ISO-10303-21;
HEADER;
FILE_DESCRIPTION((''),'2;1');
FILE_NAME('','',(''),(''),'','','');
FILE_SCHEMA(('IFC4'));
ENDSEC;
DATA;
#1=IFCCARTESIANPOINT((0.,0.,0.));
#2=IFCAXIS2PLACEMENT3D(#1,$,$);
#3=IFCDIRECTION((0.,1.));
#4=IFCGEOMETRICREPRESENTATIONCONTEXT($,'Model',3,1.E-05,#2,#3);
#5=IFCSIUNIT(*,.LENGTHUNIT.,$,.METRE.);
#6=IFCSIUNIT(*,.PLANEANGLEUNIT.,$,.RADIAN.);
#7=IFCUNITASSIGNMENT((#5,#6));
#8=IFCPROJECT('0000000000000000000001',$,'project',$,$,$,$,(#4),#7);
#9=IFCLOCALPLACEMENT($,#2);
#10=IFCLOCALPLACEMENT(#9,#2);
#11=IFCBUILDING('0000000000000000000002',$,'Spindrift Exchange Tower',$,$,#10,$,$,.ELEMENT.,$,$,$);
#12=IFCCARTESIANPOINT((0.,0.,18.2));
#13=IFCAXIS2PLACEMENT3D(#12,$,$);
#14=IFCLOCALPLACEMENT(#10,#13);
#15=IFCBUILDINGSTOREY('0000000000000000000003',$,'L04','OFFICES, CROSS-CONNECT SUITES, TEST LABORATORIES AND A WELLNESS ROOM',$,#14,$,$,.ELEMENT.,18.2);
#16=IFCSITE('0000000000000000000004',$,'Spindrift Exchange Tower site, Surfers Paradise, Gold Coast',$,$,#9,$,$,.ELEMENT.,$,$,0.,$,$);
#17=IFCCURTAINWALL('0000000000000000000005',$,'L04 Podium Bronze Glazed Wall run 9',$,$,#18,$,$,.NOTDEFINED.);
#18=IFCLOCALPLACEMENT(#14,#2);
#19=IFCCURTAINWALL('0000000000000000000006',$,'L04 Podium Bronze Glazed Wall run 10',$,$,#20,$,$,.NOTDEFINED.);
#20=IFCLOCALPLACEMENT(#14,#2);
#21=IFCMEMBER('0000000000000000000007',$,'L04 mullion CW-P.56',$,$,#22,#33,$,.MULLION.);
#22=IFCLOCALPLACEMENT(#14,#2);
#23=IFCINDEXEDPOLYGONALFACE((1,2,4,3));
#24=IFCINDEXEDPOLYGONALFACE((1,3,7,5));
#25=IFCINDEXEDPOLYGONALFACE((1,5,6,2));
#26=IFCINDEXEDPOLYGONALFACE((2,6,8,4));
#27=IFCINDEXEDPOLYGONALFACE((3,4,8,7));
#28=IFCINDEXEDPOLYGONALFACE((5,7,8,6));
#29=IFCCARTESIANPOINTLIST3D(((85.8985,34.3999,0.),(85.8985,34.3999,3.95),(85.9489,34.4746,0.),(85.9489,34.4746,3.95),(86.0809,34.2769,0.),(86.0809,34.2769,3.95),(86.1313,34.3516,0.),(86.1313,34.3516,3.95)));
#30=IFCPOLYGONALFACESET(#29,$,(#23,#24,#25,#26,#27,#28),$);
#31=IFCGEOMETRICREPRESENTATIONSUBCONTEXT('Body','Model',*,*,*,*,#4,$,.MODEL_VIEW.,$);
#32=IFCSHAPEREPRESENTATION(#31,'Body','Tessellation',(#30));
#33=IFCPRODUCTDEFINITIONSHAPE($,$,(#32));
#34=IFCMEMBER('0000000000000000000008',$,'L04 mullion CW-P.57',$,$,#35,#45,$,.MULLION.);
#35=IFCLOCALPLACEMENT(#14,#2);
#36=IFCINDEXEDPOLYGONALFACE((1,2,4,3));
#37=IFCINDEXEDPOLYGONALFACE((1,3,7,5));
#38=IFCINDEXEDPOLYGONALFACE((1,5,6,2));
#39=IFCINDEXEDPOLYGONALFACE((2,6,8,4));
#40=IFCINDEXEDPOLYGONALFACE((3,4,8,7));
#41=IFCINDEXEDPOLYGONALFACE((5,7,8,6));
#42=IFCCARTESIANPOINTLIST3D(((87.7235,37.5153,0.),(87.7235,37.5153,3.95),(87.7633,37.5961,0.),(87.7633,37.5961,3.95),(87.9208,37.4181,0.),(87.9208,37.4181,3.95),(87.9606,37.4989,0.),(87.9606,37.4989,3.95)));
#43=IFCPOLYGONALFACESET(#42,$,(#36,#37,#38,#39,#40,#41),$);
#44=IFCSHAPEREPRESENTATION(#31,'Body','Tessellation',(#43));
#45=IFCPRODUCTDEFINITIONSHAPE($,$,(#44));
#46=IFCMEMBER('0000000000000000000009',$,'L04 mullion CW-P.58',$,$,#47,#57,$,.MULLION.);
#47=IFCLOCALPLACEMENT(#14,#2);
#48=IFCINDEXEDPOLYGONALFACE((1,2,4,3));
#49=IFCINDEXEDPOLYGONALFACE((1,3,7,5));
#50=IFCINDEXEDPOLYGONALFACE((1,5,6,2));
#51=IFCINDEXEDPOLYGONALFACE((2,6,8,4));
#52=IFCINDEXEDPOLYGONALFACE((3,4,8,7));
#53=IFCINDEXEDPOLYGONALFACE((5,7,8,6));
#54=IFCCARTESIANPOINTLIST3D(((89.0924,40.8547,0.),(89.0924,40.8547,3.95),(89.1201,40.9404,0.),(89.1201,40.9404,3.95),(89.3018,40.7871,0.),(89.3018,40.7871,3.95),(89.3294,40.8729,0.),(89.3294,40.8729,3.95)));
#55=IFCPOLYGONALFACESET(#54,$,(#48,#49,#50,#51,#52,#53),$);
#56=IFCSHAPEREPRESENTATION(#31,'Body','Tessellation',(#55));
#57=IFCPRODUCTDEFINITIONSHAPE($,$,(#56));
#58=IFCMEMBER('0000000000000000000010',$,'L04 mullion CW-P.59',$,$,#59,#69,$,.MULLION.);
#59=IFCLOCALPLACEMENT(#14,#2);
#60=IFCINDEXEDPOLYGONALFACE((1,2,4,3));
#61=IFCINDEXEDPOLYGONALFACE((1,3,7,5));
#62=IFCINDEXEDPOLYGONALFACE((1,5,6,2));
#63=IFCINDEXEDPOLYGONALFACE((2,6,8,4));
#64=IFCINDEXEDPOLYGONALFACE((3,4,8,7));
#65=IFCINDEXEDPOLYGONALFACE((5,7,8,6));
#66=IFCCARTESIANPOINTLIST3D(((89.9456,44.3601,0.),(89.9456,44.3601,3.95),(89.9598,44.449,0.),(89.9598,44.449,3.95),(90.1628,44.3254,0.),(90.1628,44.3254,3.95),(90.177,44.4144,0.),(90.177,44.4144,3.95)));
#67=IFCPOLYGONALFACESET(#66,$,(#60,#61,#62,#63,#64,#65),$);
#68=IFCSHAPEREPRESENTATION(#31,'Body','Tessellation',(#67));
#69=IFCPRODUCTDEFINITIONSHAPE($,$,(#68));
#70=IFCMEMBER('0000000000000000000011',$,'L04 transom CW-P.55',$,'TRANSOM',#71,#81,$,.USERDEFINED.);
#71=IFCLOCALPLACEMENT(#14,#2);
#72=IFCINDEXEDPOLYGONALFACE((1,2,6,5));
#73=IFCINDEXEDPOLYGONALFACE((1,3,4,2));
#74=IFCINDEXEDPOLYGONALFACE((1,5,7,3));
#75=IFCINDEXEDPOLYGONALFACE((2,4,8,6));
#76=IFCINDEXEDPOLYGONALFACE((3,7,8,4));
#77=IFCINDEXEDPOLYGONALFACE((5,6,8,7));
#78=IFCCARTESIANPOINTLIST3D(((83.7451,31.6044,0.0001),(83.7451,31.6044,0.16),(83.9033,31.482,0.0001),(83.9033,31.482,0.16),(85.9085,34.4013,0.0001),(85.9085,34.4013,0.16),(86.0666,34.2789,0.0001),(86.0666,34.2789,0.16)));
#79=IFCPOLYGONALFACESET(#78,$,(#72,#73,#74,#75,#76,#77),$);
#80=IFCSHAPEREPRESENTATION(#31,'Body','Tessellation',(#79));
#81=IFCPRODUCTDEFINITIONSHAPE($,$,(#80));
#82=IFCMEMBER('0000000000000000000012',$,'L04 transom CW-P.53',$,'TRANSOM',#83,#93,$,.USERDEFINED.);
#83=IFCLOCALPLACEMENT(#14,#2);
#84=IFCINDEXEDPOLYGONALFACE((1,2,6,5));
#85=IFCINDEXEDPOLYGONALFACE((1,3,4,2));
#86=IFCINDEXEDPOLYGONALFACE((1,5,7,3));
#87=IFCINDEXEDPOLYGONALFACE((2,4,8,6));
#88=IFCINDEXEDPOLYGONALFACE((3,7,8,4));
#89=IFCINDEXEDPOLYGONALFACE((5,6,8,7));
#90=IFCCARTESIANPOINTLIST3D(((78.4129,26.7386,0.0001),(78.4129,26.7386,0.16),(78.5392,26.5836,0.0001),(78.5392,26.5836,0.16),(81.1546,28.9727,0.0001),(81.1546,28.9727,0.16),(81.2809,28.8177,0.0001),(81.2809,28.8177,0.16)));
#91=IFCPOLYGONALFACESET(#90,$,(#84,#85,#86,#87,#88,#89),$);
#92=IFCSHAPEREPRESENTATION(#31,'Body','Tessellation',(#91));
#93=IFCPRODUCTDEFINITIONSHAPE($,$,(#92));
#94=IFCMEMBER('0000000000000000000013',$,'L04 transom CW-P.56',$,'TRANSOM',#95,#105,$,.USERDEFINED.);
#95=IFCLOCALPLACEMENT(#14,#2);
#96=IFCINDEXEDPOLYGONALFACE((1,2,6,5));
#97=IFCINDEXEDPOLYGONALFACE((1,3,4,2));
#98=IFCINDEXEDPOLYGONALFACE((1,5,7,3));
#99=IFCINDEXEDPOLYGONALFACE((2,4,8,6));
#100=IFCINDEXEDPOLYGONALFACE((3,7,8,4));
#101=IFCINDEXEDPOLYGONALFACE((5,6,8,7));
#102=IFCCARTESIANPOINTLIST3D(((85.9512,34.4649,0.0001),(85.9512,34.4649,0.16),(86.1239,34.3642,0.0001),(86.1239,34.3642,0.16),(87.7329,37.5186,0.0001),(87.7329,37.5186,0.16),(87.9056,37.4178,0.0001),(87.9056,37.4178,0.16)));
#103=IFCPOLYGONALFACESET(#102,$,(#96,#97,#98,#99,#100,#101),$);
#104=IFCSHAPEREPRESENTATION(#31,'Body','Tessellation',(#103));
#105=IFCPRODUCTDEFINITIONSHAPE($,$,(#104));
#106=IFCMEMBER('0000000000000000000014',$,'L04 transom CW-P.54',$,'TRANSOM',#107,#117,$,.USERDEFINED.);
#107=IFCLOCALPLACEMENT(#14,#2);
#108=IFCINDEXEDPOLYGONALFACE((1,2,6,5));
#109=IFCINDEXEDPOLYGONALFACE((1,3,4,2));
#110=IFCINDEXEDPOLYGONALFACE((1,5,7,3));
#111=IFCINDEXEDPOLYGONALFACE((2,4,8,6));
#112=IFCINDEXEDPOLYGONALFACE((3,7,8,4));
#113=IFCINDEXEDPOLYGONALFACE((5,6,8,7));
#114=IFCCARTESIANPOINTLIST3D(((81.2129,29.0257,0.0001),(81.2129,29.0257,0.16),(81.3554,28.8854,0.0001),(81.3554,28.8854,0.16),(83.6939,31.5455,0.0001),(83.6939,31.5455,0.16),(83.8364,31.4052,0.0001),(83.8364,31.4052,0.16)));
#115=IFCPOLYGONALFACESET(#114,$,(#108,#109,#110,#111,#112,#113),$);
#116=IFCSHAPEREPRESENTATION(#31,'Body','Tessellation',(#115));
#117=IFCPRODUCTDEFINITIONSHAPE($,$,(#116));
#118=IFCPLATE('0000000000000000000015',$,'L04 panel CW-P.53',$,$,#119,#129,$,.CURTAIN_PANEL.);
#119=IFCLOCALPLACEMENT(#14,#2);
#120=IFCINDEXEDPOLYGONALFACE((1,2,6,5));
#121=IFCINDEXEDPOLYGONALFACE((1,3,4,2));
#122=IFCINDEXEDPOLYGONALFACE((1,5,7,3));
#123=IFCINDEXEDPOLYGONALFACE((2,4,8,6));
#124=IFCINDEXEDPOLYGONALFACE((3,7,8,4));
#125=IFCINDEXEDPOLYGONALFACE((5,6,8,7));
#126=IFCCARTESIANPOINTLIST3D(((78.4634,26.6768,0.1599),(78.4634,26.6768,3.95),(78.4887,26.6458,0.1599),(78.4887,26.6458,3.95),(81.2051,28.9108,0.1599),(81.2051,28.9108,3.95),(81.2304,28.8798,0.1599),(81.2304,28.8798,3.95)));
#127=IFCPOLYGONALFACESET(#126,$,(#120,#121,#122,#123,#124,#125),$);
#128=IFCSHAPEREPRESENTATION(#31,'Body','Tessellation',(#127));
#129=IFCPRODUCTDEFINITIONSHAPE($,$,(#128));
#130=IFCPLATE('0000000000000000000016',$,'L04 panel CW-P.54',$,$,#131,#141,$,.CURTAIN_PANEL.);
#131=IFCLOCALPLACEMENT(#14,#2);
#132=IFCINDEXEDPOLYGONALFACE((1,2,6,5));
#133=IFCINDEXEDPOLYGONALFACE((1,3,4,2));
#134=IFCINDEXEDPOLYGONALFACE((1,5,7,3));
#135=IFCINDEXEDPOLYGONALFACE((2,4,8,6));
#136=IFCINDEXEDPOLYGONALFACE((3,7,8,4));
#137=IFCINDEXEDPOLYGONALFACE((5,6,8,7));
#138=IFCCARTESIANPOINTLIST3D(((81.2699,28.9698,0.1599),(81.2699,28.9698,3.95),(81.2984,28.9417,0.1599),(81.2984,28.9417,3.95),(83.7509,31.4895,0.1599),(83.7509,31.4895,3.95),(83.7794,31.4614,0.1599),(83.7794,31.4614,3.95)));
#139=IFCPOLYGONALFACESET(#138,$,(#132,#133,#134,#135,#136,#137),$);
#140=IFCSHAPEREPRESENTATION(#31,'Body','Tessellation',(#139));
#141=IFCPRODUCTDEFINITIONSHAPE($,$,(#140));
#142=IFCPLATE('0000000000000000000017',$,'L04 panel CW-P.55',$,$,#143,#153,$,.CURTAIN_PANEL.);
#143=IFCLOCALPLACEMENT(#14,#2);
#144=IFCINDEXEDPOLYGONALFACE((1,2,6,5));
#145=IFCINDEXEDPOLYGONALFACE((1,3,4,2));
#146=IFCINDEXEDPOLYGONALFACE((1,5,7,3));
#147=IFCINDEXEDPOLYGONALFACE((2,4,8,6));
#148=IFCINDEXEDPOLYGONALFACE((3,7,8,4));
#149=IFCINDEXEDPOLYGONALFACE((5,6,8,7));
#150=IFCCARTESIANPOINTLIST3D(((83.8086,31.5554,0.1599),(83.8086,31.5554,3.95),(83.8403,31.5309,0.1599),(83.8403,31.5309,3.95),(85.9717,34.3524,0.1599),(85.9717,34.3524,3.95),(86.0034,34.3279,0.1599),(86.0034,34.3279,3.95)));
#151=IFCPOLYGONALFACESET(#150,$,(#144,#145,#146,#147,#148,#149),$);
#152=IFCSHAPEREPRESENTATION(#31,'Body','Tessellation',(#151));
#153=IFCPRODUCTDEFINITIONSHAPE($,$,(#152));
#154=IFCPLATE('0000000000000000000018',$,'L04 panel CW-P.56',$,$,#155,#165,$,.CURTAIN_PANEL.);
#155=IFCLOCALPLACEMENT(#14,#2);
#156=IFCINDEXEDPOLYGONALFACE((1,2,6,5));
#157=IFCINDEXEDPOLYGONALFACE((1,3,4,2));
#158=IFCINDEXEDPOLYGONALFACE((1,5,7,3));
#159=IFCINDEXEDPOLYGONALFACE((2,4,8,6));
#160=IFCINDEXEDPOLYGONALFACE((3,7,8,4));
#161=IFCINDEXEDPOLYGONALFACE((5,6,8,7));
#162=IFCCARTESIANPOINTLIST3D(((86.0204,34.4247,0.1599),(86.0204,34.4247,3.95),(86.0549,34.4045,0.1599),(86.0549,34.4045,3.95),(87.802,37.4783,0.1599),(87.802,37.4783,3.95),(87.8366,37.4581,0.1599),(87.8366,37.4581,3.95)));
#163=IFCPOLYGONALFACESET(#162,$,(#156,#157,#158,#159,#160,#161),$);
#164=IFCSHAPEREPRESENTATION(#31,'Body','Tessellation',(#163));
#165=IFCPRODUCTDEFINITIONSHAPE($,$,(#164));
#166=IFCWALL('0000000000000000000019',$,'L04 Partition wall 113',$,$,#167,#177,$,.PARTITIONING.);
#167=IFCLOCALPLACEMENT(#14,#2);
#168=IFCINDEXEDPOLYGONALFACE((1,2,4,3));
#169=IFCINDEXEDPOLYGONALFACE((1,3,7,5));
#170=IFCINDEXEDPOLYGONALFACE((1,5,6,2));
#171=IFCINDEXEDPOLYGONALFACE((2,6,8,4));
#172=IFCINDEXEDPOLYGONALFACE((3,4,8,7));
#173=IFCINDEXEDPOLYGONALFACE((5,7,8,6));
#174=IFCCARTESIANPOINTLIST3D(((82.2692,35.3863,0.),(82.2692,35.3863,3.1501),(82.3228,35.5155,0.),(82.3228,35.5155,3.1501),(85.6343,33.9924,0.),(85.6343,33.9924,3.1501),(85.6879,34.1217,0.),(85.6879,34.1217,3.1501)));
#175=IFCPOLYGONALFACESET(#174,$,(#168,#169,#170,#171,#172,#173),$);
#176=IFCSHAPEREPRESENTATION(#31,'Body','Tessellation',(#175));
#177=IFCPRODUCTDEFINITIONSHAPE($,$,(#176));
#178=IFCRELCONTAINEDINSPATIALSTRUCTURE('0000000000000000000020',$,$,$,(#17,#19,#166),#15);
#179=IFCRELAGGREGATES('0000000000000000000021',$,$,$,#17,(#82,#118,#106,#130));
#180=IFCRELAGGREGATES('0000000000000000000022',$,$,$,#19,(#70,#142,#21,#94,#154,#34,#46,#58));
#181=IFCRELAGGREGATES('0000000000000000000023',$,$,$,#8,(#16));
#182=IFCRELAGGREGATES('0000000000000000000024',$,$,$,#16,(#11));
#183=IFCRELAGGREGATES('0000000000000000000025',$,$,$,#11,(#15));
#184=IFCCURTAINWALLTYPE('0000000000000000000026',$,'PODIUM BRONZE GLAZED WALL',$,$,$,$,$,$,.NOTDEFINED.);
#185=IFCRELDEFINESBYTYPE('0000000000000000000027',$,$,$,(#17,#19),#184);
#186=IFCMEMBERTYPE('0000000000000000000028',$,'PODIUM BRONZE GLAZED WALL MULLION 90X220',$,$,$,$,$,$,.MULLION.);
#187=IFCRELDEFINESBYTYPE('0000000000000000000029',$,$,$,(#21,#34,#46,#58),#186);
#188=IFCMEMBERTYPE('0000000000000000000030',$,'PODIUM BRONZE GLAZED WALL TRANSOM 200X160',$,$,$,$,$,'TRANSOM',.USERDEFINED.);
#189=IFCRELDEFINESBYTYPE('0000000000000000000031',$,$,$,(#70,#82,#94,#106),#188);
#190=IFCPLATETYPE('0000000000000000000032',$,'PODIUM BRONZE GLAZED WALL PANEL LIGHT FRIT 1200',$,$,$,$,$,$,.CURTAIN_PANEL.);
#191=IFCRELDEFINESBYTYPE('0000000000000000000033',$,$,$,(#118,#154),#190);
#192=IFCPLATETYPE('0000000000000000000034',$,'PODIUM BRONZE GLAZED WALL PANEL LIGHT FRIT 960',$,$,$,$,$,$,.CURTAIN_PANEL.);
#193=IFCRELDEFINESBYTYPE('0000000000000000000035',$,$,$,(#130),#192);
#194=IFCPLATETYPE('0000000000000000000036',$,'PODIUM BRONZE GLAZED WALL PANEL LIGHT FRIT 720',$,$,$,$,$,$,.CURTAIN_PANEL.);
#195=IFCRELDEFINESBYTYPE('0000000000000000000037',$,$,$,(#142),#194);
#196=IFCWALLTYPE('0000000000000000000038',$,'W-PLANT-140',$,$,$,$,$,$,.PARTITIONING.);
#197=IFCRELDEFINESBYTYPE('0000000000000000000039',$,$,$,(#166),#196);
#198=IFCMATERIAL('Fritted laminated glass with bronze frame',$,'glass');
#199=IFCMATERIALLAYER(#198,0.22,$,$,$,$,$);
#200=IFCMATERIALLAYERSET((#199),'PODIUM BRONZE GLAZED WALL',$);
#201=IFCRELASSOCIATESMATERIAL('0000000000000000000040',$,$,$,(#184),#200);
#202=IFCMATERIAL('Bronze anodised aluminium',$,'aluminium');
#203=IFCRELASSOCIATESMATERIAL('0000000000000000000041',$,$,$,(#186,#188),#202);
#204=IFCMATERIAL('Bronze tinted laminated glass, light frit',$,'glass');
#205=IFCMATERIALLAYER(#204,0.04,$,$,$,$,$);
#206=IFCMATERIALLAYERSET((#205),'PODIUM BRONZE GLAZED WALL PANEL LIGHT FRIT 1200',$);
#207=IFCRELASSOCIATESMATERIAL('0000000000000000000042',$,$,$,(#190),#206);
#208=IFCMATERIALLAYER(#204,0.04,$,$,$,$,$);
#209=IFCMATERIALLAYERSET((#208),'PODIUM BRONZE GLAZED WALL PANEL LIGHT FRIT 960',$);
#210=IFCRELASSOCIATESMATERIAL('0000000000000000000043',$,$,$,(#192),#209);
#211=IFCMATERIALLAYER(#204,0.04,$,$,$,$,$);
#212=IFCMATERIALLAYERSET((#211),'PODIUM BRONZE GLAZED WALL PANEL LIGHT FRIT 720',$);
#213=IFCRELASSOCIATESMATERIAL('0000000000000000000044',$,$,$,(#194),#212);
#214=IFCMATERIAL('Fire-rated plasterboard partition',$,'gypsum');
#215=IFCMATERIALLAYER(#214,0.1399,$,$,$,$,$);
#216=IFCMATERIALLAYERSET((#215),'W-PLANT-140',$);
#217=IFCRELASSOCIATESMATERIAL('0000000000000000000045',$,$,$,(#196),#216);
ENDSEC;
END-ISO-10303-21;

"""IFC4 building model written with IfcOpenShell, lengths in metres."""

from ifc_helpers import new_model, si_unit, direction, frame, frame_2d, origin, origin_2d, place, context, subcontext, project, spatial, rectangle, extrude, source, transform, mapped, material, layer, layer_set, material_profile, profile_set, type_object, element, aggregate, save


model = new_model("IFC4")

# Units and contexts
model_context = context("Model", 3, precision=1e-05, world=origin(), true_north=direction((0.0, 1.0)))
body_context = subcontext(model_context, "Body", "Model", "MODEL_VIEW")
ifc_project = project(units=[si_unit("LENGTHUNIT", "METRE"), si_unit("PLANEANGLEUNIT", "RADIAN")], contexts=[model_context])

# Site, building, storey
site_placement = place(None, origin())
site = spatial("IfcSite", under=ifc_project, at=site_placement, Name="Spindrift Exchange Tower site, Surfers Paradise, Gold Coast", CompositionType="ELEMENT", RefElevation=0.0)
building_placement = place(site_placement, origin())
building = spatial("IfcBuilding", under=site, at=building_placement, Name="Spindrift Exchange Tower", CompositionType="ELEMENT")
storey_placement = place(building_placement, frame((0.0, 0.0, 18.2)))
storey = spatial("IfcBuildingStorey", under=building, at=storey_placement, Name="L04", Description="OFFICES, CROSS-CONNECT SUITES, TEST LABORATORIES AND A WELLNESS ROOM", CompositionType="ELEMENT", Elevation=18.2)

# Curtain walls, members
ifc_material_1 = material(Name="Fritted laminated glass with bronze frame", Category="glass")
ifc_layer_1 = layer(ifc_material_1, 0.22)
ifc_layer_set_1 = layer_set([ifc_layer_1], Name="PODIUM BRONZE GLAZED WALL")
curtain_wall_type = type_object("IfcCurtainWallType", Name="PODIUM BRONZE GLAZED WALL", PredefinedType="NOTDEFINED", material=ifc_layer_set_1)
curtain_wall_1_placement = place(storey_placement, origin())
curtain_wall_1 = element("IfcCurtainWall", 1, at=curtain_wall_1_placement, inside=storey, type_object=curtain_wall_type, Name="L04 Podium Bronze Glazed Wall run 9", PredefinedType="NOTDEFINED")
ifc_material_2 = material(Name="Bronze anodised aluminium", Category="aluminium")
ifc_material_profile_1 = material_profile(ifc_material_2, rectangle(XDim=0.0901, YDim=0.22, at=origin_2d()), Name="PODIUM BRONZE GLAZED WALL MULLION 90X220")
ifc_profile_set_1 = profile_set([ifc_material_profile_1], Name="Bronze anodised aluminium")
member_type_1 = type_object("IfcMemberType", Name="PODIUM BRONZE GLAZED WALL MULLION 90X220", PredefinedType="MULLION", material=ifc_profile_set_1)
shared_shape_1 = source(origin(), body_context, "Body", "SweptSolid", [
    extrude(rectangle(XDim=0.0901, YDim=0.22, at=origin_2d()), origin(), (0.0, 0.0, 1.0), 3.95),
])
curtain_wall_2_placement = place(storey_placement, origin())
curtain_wall_2 = element("IfcCurtainWall", 2, at=curtain_wall_2_placement, inside=storey, type_object=curtain_wall_type, Name="L04 Podium Bronze Glazed Wall run 10", PredefinedType="NOTDEFINED")
member_1_placement = place(storey_placement, frame((86.0149, 34.3757, 0.0), z_axis=(0.0, 0.0, 1.0), x_axis=(0.559039, 0.829141, 0.0)))
member_1 = element("IfcMember", 3, at=member_1_placement, type_object=member_type_1, Name="L04 mullion CW-P.56", PredefinedType="MULLION", context=body_context, shape_type="MappedRepresentation", body=[
    mapped(shared_shape_1, transform((0.0, 0.0, 0.0), scale=1.0)),
])
member_2_placement = place(storey_placement, frame((87.842, 37.5071, 0.0), z_axis=(0.0, 0.0, 1.0), x_axis=(0.441893, 0.897068, 0.0)))
member_2 = element("IfcMember", 4, at=member_2_placement, type_object=member_type_1, Name="L04 mullion CW-P.57", PredefinedType="MULLION", context=body_context, shape_type="MappedRepresentation", body=[
    mapped(shared_shape_1, transform((0.0, 0.0, 0.0), scale=1.0)),
])
member_3_placement = place(storey_placement, frame((89.2109, 40.8638, 0.0), z_axis=(0.0, 0.0, 1.0), x_axis=(0.306991, 0.951712, 0.0)))
member_3 = element("IfcMember", 5, at=member_3_placement, type_object=member_type_1, Name="L04 mullion CW-P.58", PredefinedType="MULLION", context=body_context, shape_type="MappedRepresentation", body=[
    mapped(shared_shape_1, transform((0.0, 0.0, 0.0), scale=1.0)),
])
member_4_placement = place(storey_placement, frame((90.0613, 44.3872, 0.0), z_axis=(0.0, 0.0, 1.0), x_axis=(0.15761, 0.987501, 0.0)))
member_4 = element("IfcMember", 6, at=member_4_placement, type_object=member_type_1, Name="L04 mullion CW-P.59", PredefinedType="MULLION", context=body_context, shape_type="MappedRepresentation", body=[
    mapped(shared_shape_1, transform((0.0, 0.0, 0.0), scale=1.0)),
])
ifc_material_profile_2 = material_profile(ifc_material_2, rectangle(XDim=0.2, YDim=0.1599, at=origin_2d()), Name="PODIUM BRONZE GLAZED WALL TRANSOM 200X160")
ifc_profile_set_2 = profile_set([ifc_material_profile_2], Name="Bronze anodised aluminium")
member_type_2 = type_object("IfcMemberType", Name="PODIUM BRONZE GLAZED WALL TRANSOM 200X160", ElementType="TRANSOM", PredefinedType="USERDEFINED", material=ifc_profile_set_2)
shared_shape_2 = source(origin(), body_context, "Body", "SweptSolid", [
    extrude(rectangle(XDim=0.2, YDim=0.1599, at=origin_2d()), origin(), (0.0, 0.0, 1.0), 3.5359),
])
member_5_placement = place(storey_placement, frame((83.8242, 31.5432, 0.0801), z_axis=(0.611821, 0.790996, 0.0), x_axis=(-0.790996, 0.611821, 0.0)))
member_5 = element("IfcMember", 7, at=member_5_placement, type_object=member_type_2, Name="L04 transom CW-P.55", ObjectType="TRANSOM", PredefinedType="USERDEFINED", context=body_context, shape_type="MappedRepresentation", body=[
    mapped(shared_shape_2, transform((0.0, 0.0, 0.0), scale=1.0)),
])

# Members
shared_shape_3 = source(origin(), body_context, "Body", "SweptSolid", [
    extrude(rectangle(XDim=0.2, YDim=0.1599, at=origin_2d()), origin(), (0.0, 0.0, 1.0), 3.5366),
])
member_6_placement = place(storey_placement, frame((78.4761, 26.6611, 0.0801), z_axis=(0.775214, 0.631699, 0.0), x_axis=(-0.631699, 0.775214, 0.0)))
member_6 = element("IfcMember", 8, at=member_6_placement, type_object=member_type_2, Name="L04 transom CW-P.53", ObjectType="TRANSOM", PredefinedType="USERDEFINED", context=body_context, shape_type="MappedRepresentation", body=[
    mapped(shared_shape_3, transform((0.0, 0.0, 0.0), scale=1.0)),
])
shared_shape_4 = source(origin(), body_context, "Body", "SweptSolid", [
    extrude(rectangle(XDim=0.2, YDim=0.1599, at=origin_2d()), origin(), (0.0, 0.0, 1.0), 3.5354),
])
member_7_placement = place(storey_placement, frame((86.0376, 34.4146, 0.0801), z_axis=(0.503957, 0.863729, 0.0), x_axis=(-0.863729, 0.503957, 0.0)))
member_7 = element("IfcMember", 9, at=member_7_placement, type_object=member_type_2, Name="L04 transom CW-P.56", ObjectType="TRANSOM", PredefinedType="USERDEFINED", context=body_context, shape_type="MappedRepresentation", body=[
    mapped(shared_shape_4, transform((0.0, 0.0, 0.0), scale=1.0)),
])
shared_shape_5 = source(origin(), body_context, "Body", "SweptSolid", [
    extrude(rectangle(XDim=0.2, YDim=0.1599, at=origin_2d()), origin(), (0.0, 0.0, 1.0), 3.5361),
])
member_8_placement = place(storey_placement, frame((81.2842, 28.9556, 0.0801), z_axis=(0.701597, 0.712574, 0.0), x_axis=(-0.712574, 0.701597, 0.0)))
member_8 = element("IfcMember", 10, at=member_8_placement, type_object=member_type_2, Name="L04 transom CW-P.54", ObjectType="TRANSOM", PredefinedType="USERDEFINED", context=body_context, shape_type="MappedRepresentation", body=[
    mapped(shared_shape_5, transform((0.0, 0.0, 0.0), scale=1.0)),
])

# Plates
ifc_material_3 = material(Name="Bronze tinted laminated glass, light frit", Category="glass")
ifc_layer_2 = layer(ifc_material_3, 0.04)
ifc_layer_set_2 = layer_set([ifc_layer_2], Name="PODIUM BRONZE GLAZED WALL PANEL LIGHT FRIT 1200")
plate_type_1 = type_object("IfcPlateType", Name="PODIUM BRONZE GLAZED WALL PANEL LIGHT FRIT 1200", PredefinedType="CURTAIN_PANEL", material=ifc_layer_set_2)
shared_shape_6 = source(origin(), body_context, "Body", "SweptSolid", [
    extrude(rectangle(XDim=3.5366, YDim=0.04, at=origin_2d()), origin(), (0.0, 0.0, 1.0), 3.79),
])
plate_1_placement = place(storey_placement, frame((79.8469, 27.7783, 0.1599), z_axis=(0.0, 0.0, 1.0), x_axis=(0.775231, 0.631678, 0.0)))
plate_1 = element("IfcPlate", 11, at=plate_1_placement, type_object=plate_type_1, Name="L04 panel CW-P.53", PredefinedType="CURTAIN_PANEL", context=body_context, shape_type="MappedRepresentation", body=[
    mapped(shared_shape_6, transform((0.0, 0.0, 0.0), scale=1.0)),
])
ifc_layer_3 = layer(ifc_material_3, 0.04)
ifc_layer_set_3 = layer_set([ifc_layer_3], Name="PODIUM BRONZE GLAZED WALL PANEL LIGHT FRIT 960")
plate_type_2 = type_object("IfcPlateType", Name="PODIUM BRONZE GLAZED WALL PANEL LIGHT FRIT 960", PredefinedType="CURTAIN_PANEL", material=ifc_layer_set_3)
shared_shape_7 = source(origin(), body_context, "Body", "SweptSolid", [
    extrude(rectangle(XDim=3.5361, YDim=0.04, at=origin_2d()), origin(), (0.0, 0.0, 1.0), 3.79),
])
plate_2_placement = place(storey_placement, frame((82.5247, 30.2156, 0.1599), z_axis=(0.0, 0.0, 1.0), x_axis=(0.701611, 0.71256, 0.0)))
plate_2 = element("IfcPlate", 12, at=plate_2_placement, type_object=plate_type_2, Name="L04 panel CW-P.54", PredefinedType="CURTAIN_PANEL", context=body_context, shape_type="MappedRepresentation", body=[
    mapped(shared_shape_7, transform((0.0, 0.0, 0.0), scale=1.0)),
])
aggregate(curtain_wall_1, [member_6, plate_1, member_8, plate_2])
ifc_layer_4 = layer(ifc_material_3, 0.04)
ifc_layer_set_4 = layer_set([ifc_layer_4], Name="PODIUM BRONZE GLAZED WALL PANEL LIGHT FRIT 720")
plate_type_3 = type_object("IfcPlateType", Name="PODIUM BRONZE GLAZED WALL PANEL LIGHT FRIT 720", PredefinedType="CURTAIN_PANEL", material=ifc_layer_set_4)
shared_shape_8 = source(origin(), body_context, "Body", "SweptSolid", [
    extrude(rectangle(XDim=3.5359, YDim=0.04, at=origin_2d()), origin(), (0.0, 0.0, 1.0), 3.79),
])
plate_3_placement = place(storey_placement, frame((84.906, 32.9417, 0.1599), z_axis=(0.0, 0.0, 1.0), x_axis=(0.611769, 0.791037, 0.0)))
plate_3 = element("IfcPlate", 13, at=plate_3_placement, type_object=plate_type_3, Name="L04 panel CW-P.55", PredefinedType="CURTAIN_PANEL", context=body_context, shape_type="MappedRepresentation", body=[
    mapped(shared_shape_8, transform((0.0, 0.0, 0.0), scale=1.0)),
])
shared_shape_9 = source(origin(), body_context, "Body", "SweptSolid", [
    extrude(rectangle(XDim=3.5354, YDim=0.04, at=origin_2d()), origin(), (0.0, 0.0, 1.0), 3.79),
])
plate_4_placement = place(storey_placement, frame((86.9285, 35.9414, 0.1599), z_axis=(0.0, 0.0, 1.0), x_axis=(0.503943, 0.863737, 0.0)))
plate_4 = element("IfcPlate", 14, at=plate_4_placement, type_object=plate_type_1, Name="L04 panel CW-P.56", PredefinedType="CURTAIN_PANEL", context=body_context, shape_type="MappedRepresentation", body=[
    mapped(shared_shape_9, transform((0.0, 0.0, 0.0), scale=1.0)),
])
aggregate(curtain_wall_2, [member_5, plate_3, member_1, member_7, plate_4, member_2, member_3, member_4])

# Wall
ifc_material_4 = material(Name="Fire-rated plasterboard partition", Category="gypsum")
ifc_layer_5 = layer(ifc_material_4, 0.1399)
ifc_layer_set_5 = layer_set([ifc_layer_5], Name="W-PLANT-140")
wall_type_1 = type_object("IfcWallType", Name="W-PLANT-140", PredefinedType="PARTITIONING", material=ifc_layer_set_5)
wall_1_placement = place(storey_placement, frame((82.2959, 35.4509, 0.0), z_axis=(0.0, 0.0, 1.0), x_axis=(0.923882, -0.382677, 0.0)))
element("IfcWall", 15, at=wall_1_placement, inside=storey, type_object=wall_type_1, Name="L04 Partition wall 113", PredefinedType="PARTITIONING", context=body_context, shape_type="SweptSolid", body=[
    extrude(rectangle(XDim=3.6423, YDim=0.1399, at=frame_2d((1.8213, 0.0))), origin(), (0.0, 0.0, 1.0), 3.1501),
])

save(model, "model.ifc")
